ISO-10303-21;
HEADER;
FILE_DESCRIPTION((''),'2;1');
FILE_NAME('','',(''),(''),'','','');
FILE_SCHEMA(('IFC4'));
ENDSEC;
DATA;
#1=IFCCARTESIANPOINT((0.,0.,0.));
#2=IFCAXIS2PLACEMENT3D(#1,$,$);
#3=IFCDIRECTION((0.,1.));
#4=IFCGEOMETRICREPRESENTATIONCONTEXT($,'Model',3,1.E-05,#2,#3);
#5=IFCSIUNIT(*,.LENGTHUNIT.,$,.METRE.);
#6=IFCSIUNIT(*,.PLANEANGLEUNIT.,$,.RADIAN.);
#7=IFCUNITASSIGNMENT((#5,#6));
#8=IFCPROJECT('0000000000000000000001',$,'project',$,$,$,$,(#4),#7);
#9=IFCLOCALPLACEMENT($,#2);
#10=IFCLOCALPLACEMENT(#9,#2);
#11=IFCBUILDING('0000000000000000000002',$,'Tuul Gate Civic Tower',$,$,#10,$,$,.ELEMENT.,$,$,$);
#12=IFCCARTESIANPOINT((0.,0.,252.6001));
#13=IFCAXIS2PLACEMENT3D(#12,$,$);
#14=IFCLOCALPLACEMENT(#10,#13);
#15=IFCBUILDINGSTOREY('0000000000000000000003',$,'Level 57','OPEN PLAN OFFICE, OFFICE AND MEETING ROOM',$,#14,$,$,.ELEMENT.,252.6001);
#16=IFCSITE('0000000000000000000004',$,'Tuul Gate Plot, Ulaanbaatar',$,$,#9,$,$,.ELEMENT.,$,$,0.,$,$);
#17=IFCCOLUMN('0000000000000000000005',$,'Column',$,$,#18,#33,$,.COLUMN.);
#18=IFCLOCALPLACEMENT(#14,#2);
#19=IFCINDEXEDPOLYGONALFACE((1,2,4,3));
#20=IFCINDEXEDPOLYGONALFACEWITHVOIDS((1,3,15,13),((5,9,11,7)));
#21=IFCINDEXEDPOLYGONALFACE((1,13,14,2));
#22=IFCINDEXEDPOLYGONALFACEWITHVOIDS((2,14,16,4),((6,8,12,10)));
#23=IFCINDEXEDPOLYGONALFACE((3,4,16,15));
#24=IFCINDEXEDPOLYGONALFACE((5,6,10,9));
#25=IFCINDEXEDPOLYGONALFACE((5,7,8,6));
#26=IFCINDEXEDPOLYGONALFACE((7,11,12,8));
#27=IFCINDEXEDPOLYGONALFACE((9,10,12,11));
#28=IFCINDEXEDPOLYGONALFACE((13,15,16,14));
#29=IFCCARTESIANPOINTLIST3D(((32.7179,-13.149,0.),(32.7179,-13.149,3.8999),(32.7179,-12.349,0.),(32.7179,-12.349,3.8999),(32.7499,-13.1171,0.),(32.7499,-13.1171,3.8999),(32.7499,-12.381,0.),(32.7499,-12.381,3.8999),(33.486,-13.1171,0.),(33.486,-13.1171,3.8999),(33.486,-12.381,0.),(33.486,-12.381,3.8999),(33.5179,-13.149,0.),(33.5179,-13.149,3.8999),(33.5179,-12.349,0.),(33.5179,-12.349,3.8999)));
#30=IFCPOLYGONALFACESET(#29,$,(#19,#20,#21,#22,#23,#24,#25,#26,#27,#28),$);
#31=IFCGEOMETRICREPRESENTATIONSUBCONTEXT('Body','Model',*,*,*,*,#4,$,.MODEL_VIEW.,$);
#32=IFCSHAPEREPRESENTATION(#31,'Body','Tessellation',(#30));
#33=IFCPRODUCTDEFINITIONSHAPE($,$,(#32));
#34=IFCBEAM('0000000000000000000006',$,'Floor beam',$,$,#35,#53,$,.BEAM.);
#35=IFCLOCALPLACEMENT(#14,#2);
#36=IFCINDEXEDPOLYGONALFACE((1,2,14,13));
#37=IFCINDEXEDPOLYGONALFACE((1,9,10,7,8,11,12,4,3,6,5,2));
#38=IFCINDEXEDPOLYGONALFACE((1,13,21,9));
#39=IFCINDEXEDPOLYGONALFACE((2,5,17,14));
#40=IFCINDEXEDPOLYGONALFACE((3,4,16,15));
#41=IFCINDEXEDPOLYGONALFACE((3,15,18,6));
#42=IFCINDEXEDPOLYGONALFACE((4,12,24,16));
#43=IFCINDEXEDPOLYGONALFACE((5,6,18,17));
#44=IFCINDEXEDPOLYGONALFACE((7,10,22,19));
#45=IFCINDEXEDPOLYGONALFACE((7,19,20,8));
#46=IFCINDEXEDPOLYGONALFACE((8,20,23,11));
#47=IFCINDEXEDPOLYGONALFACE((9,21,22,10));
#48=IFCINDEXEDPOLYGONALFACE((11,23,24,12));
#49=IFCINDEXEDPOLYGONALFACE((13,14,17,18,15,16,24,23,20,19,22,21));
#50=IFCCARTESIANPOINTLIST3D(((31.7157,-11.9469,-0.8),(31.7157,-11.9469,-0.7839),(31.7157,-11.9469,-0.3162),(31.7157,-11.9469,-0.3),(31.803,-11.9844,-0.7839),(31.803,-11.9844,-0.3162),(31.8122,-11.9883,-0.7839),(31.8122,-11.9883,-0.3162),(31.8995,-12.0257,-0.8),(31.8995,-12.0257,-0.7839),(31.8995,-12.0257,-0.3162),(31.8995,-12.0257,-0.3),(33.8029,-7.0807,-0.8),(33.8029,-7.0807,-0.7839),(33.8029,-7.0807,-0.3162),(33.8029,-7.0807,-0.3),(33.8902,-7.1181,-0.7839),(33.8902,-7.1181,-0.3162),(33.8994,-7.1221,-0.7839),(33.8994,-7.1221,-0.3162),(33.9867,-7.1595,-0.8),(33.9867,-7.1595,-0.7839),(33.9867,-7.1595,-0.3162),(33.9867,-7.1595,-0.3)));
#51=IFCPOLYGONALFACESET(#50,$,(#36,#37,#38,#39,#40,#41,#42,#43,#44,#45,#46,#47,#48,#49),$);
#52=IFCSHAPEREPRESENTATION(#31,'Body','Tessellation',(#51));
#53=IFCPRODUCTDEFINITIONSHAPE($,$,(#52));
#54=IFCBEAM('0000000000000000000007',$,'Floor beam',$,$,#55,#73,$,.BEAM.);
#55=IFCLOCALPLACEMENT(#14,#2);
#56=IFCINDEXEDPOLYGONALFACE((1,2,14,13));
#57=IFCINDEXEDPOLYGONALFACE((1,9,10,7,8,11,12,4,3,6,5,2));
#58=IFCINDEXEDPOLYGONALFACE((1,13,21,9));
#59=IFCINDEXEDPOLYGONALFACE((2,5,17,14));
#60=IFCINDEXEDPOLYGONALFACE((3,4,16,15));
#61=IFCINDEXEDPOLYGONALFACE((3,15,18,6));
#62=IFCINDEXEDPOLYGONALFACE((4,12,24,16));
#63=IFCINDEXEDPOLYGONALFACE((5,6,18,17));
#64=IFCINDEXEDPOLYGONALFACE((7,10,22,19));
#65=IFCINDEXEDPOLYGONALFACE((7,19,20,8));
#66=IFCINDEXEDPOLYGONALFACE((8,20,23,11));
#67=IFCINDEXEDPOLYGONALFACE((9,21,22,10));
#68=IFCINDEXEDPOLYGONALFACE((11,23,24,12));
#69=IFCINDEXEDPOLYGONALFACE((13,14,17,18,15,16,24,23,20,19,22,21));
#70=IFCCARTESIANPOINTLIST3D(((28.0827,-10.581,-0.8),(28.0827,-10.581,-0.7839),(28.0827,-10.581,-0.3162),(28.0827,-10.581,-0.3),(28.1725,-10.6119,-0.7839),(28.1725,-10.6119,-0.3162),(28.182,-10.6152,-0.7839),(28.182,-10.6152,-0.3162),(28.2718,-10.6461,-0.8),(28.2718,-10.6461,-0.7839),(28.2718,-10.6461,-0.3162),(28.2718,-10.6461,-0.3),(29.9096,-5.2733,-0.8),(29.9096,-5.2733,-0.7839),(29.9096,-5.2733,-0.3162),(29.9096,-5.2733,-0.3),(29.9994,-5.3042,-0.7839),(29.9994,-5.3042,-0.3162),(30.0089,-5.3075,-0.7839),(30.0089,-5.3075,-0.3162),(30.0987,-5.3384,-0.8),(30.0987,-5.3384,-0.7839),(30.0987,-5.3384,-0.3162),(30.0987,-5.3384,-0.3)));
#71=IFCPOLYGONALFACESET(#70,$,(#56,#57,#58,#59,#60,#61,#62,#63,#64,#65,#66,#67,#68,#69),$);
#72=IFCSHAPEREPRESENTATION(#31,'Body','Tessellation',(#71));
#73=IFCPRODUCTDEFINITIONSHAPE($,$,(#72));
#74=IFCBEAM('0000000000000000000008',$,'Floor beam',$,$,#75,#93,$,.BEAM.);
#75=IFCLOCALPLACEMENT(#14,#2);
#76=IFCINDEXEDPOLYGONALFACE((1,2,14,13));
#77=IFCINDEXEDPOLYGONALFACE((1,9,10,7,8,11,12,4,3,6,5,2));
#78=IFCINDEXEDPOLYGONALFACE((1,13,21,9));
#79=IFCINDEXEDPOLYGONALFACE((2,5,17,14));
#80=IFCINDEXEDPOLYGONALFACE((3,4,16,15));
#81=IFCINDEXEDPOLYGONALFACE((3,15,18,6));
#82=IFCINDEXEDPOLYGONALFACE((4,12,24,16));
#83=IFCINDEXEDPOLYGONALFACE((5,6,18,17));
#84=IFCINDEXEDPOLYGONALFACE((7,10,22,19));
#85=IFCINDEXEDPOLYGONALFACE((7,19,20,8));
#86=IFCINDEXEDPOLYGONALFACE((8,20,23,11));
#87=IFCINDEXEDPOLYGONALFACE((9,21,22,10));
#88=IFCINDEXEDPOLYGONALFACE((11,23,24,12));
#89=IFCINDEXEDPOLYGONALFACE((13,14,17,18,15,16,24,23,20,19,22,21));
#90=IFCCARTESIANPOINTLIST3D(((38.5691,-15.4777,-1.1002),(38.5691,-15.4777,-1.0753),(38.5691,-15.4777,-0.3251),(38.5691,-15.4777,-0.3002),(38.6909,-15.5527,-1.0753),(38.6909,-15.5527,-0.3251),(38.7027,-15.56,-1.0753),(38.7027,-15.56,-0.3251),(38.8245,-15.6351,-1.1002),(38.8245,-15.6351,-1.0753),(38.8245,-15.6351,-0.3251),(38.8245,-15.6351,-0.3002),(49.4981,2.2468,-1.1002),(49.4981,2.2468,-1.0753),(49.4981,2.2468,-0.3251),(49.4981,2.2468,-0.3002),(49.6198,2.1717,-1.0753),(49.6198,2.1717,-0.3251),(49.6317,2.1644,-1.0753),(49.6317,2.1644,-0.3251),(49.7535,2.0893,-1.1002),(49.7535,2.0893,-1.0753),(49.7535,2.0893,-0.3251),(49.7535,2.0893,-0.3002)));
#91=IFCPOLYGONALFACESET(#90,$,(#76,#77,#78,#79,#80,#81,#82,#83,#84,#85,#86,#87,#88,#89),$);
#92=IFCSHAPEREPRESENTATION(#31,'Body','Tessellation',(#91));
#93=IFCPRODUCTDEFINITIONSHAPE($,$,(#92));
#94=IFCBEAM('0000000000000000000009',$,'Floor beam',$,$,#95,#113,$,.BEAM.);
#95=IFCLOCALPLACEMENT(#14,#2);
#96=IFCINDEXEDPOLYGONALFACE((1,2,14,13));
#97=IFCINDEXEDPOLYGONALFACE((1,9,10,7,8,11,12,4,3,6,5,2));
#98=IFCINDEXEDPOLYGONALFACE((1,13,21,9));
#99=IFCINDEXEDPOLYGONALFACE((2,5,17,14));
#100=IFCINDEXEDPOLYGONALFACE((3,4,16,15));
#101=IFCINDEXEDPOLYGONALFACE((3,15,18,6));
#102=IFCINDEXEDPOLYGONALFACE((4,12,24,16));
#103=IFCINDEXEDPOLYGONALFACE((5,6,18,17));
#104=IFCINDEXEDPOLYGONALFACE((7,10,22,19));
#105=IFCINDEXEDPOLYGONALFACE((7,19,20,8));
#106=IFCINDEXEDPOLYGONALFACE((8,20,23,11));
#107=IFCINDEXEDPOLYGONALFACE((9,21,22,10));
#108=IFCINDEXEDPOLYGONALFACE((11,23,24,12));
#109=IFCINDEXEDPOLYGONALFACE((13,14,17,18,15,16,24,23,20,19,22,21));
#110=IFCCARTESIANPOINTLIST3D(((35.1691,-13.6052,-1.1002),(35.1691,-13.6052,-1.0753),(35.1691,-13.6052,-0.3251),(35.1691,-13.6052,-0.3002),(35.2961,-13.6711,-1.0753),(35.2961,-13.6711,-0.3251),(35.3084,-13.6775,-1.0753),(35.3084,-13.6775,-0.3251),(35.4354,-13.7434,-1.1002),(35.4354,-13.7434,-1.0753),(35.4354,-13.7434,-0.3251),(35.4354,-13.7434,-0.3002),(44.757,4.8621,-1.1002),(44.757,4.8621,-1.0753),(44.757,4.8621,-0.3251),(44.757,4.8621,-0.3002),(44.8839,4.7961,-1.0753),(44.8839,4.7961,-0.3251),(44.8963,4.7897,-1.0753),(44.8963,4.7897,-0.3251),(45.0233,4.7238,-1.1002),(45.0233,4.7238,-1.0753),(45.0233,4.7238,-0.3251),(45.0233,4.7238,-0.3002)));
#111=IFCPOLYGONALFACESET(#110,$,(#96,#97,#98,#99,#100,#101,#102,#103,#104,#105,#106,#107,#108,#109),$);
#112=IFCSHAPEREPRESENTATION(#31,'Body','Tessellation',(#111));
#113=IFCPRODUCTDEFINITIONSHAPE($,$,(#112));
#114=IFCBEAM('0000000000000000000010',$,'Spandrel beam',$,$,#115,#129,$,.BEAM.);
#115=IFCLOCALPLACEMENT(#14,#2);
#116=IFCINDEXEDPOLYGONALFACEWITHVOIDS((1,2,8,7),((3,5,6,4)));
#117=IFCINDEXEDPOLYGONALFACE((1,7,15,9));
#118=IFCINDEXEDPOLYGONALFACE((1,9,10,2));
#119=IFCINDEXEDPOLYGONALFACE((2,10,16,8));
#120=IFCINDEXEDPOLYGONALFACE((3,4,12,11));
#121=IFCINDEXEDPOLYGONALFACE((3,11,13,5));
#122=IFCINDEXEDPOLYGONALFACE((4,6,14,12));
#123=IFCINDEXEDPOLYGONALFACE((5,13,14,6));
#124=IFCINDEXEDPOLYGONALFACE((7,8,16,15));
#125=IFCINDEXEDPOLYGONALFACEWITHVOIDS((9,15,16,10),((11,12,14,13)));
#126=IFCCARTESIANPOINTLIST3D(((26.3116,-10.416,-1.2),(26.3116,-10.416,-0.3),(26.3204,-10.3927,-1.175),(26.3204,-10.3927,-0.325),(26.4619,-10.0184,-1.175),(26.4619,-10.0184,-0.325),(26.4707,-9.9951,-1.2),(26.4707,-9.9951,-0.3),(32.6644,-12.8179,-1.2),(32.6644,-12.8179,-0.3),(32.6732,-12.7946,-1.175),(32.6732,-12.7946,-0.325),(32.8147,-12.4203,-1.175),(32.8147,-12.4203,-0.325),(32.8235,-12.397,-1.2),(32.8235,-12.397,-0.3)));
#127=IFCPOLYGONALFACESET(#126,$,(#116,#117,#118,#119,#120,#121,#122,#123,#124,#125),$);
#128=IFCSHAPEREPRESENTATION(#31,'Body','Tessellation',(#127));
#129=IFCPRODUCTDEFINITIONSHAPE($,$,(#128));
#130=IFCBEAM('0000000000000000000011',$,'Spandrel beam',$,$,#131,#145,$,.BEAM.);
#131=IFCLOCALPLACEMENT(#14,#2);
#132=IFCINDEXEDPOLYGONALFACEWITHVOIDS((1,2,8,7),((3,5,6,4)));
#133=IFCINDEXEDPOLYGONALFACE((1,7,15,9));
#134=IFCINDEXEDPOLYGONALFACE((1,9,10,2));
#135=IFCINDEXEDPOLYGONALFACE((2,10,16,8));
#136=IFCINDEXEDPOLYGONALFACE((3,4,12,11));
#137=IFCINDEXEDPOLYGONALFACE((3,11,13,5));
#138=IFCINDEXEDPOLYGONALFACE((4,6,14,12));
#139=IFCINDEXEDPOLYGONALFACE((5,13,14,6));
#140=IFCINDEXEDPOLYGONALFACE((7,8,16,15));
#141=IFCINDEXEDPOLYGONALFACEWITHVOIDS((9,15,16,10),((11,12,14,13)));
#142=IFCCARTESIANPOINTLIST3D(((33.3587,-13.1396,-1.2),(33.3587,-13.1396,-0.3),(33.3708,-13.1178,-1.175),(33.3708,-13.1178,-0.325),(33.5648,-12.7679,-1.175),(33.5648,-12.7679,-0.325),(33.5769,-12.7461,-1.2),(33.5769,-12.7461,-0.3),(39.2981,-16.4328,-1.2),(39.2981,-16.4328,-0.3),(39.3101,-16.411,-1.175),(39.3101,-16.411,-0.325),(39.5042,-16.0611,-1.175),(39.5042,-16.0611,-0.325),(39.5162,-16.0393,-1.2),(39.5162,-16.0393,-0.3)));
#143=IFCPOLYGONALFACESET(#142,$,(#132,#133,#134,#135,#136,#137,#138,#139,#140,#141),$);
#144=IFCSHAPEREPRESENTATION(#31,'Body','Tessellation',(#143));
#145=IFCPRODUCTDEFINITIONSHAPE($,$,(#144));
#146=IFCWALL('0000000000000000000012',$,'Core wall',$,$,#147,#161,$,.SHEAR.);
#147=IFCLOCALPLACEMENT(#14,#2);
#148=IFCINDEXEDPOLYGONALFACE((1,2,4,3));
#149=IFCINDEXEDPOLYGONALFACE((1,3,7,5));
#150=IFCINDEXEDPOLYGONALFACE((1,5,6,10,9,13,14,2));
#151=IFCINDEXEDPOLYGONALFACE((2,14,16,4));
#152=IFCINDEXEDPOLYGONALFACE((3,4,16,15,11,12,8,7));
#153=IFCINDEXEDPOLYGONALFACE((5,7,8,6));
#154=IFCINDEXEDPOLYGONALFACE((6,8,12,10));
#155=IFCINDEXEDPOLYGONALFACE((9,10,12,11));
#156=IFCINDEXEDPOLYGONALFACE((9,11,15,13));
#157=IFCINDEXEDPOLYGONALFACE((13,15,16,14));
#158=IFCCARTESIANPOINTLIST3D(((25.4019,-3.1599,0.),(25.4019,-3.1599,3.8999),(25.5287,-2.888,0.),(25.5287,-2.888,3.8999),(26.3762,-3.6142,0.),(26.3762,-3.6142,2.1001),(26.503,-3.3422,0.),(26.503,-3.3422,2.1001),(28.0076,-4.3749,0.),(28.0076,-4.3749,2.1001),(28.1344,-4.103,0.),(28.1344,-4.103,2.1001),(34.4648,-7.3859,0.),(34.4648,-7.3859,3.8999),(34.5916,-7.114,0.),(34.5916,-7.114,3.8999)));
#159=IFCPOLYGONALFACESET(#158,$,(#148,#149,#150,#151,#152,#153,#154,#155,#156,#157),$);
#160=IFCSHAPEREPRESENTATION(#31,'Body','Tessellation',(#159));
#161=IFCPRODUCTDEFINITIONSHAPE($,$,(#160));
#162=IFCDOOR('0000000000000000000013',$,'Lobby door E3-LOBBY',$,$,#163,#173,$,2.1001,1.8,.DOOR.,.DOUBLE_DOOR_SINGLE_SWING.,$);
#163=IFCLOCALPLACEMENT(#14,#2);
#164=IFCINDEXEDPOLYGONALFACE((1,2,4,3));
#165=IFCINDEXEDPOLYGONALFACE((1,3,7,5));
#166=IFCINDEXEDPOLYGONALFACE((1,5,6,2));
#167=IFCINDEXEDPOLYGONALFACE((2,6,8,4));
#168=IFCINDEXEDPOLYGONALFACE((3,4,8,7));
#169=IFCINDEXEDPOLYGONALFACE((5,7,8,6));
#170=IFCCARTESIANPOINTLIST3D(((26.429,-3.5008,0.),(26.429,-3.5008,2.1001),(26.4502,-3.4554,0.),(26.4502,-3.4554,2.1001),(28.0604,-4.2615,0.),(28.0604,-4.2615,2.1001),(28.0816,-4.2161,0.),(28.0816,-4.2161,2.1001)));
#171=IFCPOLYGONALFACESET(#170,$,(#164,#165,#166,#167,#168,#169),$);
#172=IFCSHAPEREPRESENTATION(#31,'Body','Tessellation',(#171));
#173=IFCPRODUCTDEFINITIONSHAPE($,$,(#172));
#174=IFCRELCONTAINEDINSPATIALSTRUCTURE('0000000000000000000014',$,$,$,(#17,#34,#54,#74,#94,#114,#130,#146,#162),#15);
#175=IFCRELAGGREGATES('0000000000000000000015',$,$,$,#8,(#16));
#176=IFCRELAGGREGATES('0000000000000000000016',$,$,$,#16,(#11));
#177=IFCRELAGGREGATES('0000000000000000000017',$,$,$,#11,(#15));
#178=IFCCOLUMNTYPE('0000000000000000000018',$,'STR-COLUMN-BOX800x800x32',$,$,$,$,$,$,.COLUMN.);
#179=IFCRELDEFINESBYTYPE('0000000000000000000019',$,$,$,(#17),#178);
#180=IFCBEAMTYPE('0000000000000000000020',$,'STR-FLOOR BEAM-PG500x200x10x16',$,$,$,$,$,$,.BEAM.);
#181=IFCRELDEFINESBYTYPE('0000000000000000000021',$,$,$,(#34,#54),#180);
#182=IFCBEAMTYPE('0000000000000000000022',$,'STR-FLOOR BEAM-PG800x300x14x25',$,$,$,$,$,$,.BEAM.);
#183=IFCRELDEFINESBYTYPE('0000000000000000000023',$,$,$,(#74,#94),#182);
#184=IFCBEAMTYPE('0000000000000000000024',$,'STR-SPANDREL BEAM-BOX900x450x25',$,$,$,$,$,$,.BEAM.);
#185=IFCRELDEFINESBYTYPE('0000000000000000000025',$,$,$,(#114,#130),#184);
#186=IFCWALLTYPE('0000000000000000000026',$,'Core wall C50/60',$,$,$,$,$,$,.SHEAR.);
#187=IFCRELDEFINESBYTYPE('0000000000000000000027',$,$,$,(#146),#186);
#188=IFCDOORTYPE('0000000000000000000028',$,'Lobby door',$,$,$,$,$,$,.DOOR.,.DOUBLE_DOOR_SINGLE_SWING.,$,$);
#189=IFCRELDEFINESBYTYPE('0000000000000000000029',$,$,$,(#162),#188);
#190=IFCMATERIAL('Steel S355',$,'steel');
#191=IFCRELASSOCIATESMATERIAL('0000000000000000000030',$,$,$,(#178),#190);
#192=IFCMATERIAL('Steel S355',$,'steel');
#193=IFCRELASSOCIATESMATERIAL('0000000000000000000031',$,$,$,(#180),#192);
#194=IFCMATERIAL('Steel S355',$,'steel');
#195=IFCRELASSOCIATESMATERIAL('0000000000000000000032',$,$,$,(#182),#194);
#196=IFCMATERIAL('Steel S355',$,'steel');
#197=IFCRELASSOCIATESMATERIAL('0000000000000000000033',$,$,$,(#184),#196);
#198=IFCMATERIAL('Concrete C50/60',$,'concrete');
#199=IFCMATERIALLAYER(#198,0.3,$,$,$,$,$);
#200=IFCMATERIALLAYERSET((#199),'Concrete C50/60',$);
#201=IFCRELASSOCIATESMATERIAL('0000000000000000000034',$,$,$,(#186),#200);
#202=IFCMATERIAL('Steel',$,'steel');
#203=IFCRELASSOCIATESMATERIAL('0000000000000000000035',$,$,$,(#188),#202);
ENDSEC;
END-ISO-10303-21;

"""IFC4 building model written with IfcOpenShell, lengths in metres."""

from ifc_helpers import new_model, si_unit, direction, frame, frame_2d, origin, origin_2d, place, context, subcontext, project, spatial, rectangle, hollow_rectangle, i_section, extrude, material, layer, layer_set, material_profile, profile_set, type_object, element, fill, save


model = new_model("IFC4")

# Units and contexts
model_context = context("Model", 3, precision=1e-05, world=origin(), true_north=direction((0.0, 1.0)))
body_context = subcontext(model_context, "Body", "Model", "MODEL_VIEW")
ifc_project = project(units=[si_unit("LENGTHUNIT", "METRE"), si_unit("PLANEANGLEUNIT", "RADIAN")], contexts=[model_context])

# Site, building, storey
site_placement = place(None, origin())
site = spatial("IfcSite", under=ifc_project, at=site_placement, Name="Tuul Gate Plot, Ulaanbaatar", CompositionType="ELEMENT", RefElevation=0.0)
building_placement = place(site_placement, origin())
building = spatial("IfcBuilding", under=site, at=building_placement, Name="Tuul Gate Civic Tower", CompositionType="ELEMENT")
storey_placement = place(building_placement, frame((0.0, 0.0, 252.6001)))
storey = spatial("IfcBuildingStorey", under=building, at=storey_placement, Name="Level 57", Description="OPEN PLAN OFFICE, OFFICE AND MEETING ROOM", CompositionType="ELEMENT", Elevation=252.6001)

# Column
ifc_material_1 = material(Name="Steel S355", Category="steel")
ifc_material_profile_1 = material_profile(ifc_material_1, hollow_rectangle(XDim=0.8, YDim=0.8, WallThickness=0.032, at=origin_2d()), Name="BOX800x800x32")
ifc_profile_set_1 = profile_set([ifc_material_profile_1], Name="Steel S355")
column_type = type_object("IfcColumnType", Name="STR-COLUMN-BOX800x800x32", PredefinedType="COLUMN", material=ifc_profile_set_1)
column_placement = place(storey_placement, frame((33.1179, -12.749, 0.0), z_axis=(0.0, 0.0, 1.0), x_axis=(1.0, 0.0, 0.0)))
element("IfcColumn", 1, at=column_placement, inside=storey, type_object=column_type, Name="Column", PredefinedType="COLUMN", context=body_context, shape_type="SweptSolid", body=[
    extrude(hollow_rectangle(XDim=0.8, YDim=0.8, WallThickness=0.032, at=origin_2d()), origin(), (0.0, 0.0, 1.0), 3.8999),
])

# Beams
ifc_material_2 = material(Name="Steel S355", Category="steel")
ifc_material_profile_2 = material_profile(ifc_material_2, i_section(OverallWidth=0.2, OverallDepth=0.5, WebThickness=0.01, FlangeThickness=0.0161, at=origin_2d()), Name="PG500x200x10x16")
ifc_profile_set_2 = profile_set([ifc_material_profile_2], Name="Steel S355")
beam_type_1 = type_object("IfcBeamType", Name="STR-FLOOR BEAM-PG500x200x10x16", PredefinedType="BEAM", material=ifc_profile_set_2)
beam_1_placement = place(storey_placement, frame((31.8076, -11.9863, -0.55), z_axis=(0.394181, 0.919033, 0.0), x_axis=(-0.919033, 0.394181, 0.0)))
element("IfcBeam", 2, at=beam_1_placement, inside=storey, type_object=beam_type_1, Name="Floor beam", PredefinedType="BEAM", context=body_context, shape_type="SweptSolid", body=[
    extrude(i_section(OverallWidth=0.2, OverallDepth=0.5, WebThickness=0.01, FlangeThickness=0.0161, at=origin_2d()), origin(), (0.0, 0.0, 1.0), 5.2949),
])
beam_2_placement = place(storey_placement, frame((28.1772, -10.6135, -0.55), z_axis=(0.325464, 0.945554, 0.0), x_axis=(-0.945554, 0.325464, 0.0)))
element("IfcBeam", 3, at=beam_2_placement, inside=storey, type_object=beam_type_1, Name="Floor beam", PredefinedType="BEAM", context=body_context, shape_type="SweptSolid", body=[
    extrude(i_section(OverallWidth=0.2, OverallDepth=0.5, WebThickness=0.01, FlangeThickness=0.0161, at=origin_2d()), origin(), (0.0, 0.0, 1.0), 5.6133),
])
ifc_material_3 = material(Name="Steel S355", Category="steel")
ifc_material_profile_3 = material_profile(ifc_material_3, i_section(OverallWidth=0.3, OverallDepth=0.8, WebThickness=0.0139, FlangeThickness=0.0249, at=origin_2d()), Name="PG800x300x14x25")
ifc_profile_set_3 = profile_set([ifc_material_profile_3], Name="Steel S355")
beam_type_2 = type_object("IfcBeamType", Name="STR-FLOOR BEAM-PG800x300x14x25", PredefinedType="BEAM", material=ifc_profile_set_3)
beam_3_placement = place(storey_placement, frame((38.6968, -15.5564, -0.7002), z_axis=(0.524851, 0.851194, 0.0), x_axis=(-0.851194, 0.524851, 0.0)))
element("IfcBeam", 4, at=beam_3_placement, inside=storey, type_object=beam_type_2, Name="Floor beam", PredefinedType="BEAM", context=body_context, shape_type="SweptSolid", body=[
    extrude(i_section(OverallWidth=0.3, OverallDepth=0.8, WebThickness=0.0139, FlangeThickness=0.0249, at=origin_2d()), origin(), (0.0, 0.0, 1.0), 20.823),
])
beam_4_placement = place(storey_placement, frame((35.3022, -13.6743, -0.7002), z_axis=(0.460782, 0.887514, 0.0), x_axis=(-0.887514, 0.460782, 0.0)))
element("IfcBeam", 5, at=beam_4_placement, inside=storey, type_object=beam_type_2, Name="Floor beam", PredefinedType="BEAM", context=body_context, shape_type="SweptSolid", body=[
    extrude(i_section(OverallWidth=0.3, OverallDepth=0.8, WebThickness=0.0139, FlangeThickness=0.0249, at=origin_2d()), origin(), (0.0, 0.0, 1.0), 20.8079),
])
ifc_material_4 = material(Name="Steel S355", Category="steel")
ifc_material_profile_4 = material_profile(ifc_material_4, hollow_rectangle(XDim=0.45, YDim=0.8999, WallThickness=0.0249, at=origin_2d()), Name="BOX900x450x25")
ifc_profile_set_4 = profile_set([ifc_material_profile_4], Name="Steel S355")
beam_type_3 = type_object("IfcBeamType", Name="STR-SPANDREL BEAM-BOX900x450x25", PredefinedType="BEAM", material=ifc_profile_set_4)
beam_5_placement = place(storey_placement, frame((26.3911, -10.2056, -0.75), z_axis=(0.935379, -0.353647, 0.0), x_axis=(0.353647, 0.935379, 0.0)))
element("IfcBeam", 6, at=beam_5_placement, inside=storey, type_object=beam_type_3, Name="Spandrel beam", PredefinedType="BEAM", context=body_context, shape_type="SweptSolid", body=[
    extrude(hollow_rectangle(XDim=0.45, YDim=0.8999, WallThickness=0.0249, at=origin_2d()), origin(), (0.0, 0.0, 1.0), 6.7917),
])
beam_6_placement = place(storey_placement, frame((33.4678, -12.9429, -0.75), z_axis=(0.874562, -0.484913, 0.0), x_axis=(0.484913, 0.874562, 0.0)))
element("IfcBeam", 7, at=beam_6_placement, inside=storey, type_object=beam_type_3, Name="Spandrel beam", PredefinedType="BEAM", context=body_context, shape_type="SweptSolid", body=[
    extrude(hollow_rectangle(XDim=0.45, YDim=0.8999, WallThickness=0.0249, at=origin_2d()), origin(), (0.0, 0.0, 1.0), 6.7913),
])

# Wall, opening, door
ifc_material_5 = material(Name="Concrete C50/60", Category="concrete")
ifc_layer_1 = layer(ifc_material_5, 0.3)
ifc_layer_set_1 = layer_set([ifc_layer_1], Name="Concrete C50/60")
wall_type_1 = type_object("IfcWallType", Name="Core wall C50/60", PredefinedType="SHEAR", material=ifc_layer_set_1)
wall_1_placement = place(storey_placement, frame((34.5283, -7.25, 0.0), z_axis=(0.0, 0.0, 1.0), x_axis=(-0.90631, 0.422613, 0.0)))
wall_1 = element("IfcWall", 8, at=wall_1_placement, inside=storey, type_object=wall_type_1, Name="Core wall", PredefinedType="SHEAR", context=body_context, shape_type="SweptSolid", body=[
    extrude(rectangle(XDim=9.9998, YDim=0.3, at=frame_2d((5.0, 0.0))), origin(), (0.0, 0.0, 1.0), 3.8999),
])
opening_1_placement = place(wall_1_placement, frame((7.125, 0.0, 0.0)))
opening_1 = element("IfcOpeningElement", 9, at=opening_1_placement, cuts=wall_1, PredefinedType="OPENING", context=body_context, shape_type="SweptSolid", body=[
    extrude(rectangle(XDim=1.8, YDim=2.1001, at=frame_2d((0.8999, 1.05))), frame((0.0, 0.1602, 0.0), z_axis=(0.0, -1.0, 0.0), x_axis=(1.0, 0.0, 0.0)), (0.0, 0.0, 1.0), 0.3201),
])
ifc_material_6 = material(Name="Steel", Category="steel")
door_type_1 = type_object("IfcDoorType", Name="Lobby door", OperationType="DOUBLE_DOOR_SINGLE_SWING", PredefinedType="DOOR", material=ifc_material_6)
door_1_placement = place(opening_1_placement, origin())
door_1 = element("IfcDoor", 10, at=door_1_placement, inside=storey, type_object=door_type_1, Name="Lobby door E3-LOBBY", OperationType="DOUBLE_DOOR_SINGLE_SWING", OverallHeight=2.1001, OverallWidth=1.8, PredefinedType="DOOR", context=body_context, shape_type="SweptSolid", body=[
    extrude(rectangle(XDim=1.8, YDim=2.1001, at=frame_2d((0.8999, 1.05))), frame((0.0, 0.0249, 0.0), z_axis=(0.0, -1.0, 0.0), x_axis=(1.0, 0.0, 0.0)), (0.0, 0.0, 1.0), 0.05),
])
fill(opening_1, door_1)

save(model, "model.ifc")
